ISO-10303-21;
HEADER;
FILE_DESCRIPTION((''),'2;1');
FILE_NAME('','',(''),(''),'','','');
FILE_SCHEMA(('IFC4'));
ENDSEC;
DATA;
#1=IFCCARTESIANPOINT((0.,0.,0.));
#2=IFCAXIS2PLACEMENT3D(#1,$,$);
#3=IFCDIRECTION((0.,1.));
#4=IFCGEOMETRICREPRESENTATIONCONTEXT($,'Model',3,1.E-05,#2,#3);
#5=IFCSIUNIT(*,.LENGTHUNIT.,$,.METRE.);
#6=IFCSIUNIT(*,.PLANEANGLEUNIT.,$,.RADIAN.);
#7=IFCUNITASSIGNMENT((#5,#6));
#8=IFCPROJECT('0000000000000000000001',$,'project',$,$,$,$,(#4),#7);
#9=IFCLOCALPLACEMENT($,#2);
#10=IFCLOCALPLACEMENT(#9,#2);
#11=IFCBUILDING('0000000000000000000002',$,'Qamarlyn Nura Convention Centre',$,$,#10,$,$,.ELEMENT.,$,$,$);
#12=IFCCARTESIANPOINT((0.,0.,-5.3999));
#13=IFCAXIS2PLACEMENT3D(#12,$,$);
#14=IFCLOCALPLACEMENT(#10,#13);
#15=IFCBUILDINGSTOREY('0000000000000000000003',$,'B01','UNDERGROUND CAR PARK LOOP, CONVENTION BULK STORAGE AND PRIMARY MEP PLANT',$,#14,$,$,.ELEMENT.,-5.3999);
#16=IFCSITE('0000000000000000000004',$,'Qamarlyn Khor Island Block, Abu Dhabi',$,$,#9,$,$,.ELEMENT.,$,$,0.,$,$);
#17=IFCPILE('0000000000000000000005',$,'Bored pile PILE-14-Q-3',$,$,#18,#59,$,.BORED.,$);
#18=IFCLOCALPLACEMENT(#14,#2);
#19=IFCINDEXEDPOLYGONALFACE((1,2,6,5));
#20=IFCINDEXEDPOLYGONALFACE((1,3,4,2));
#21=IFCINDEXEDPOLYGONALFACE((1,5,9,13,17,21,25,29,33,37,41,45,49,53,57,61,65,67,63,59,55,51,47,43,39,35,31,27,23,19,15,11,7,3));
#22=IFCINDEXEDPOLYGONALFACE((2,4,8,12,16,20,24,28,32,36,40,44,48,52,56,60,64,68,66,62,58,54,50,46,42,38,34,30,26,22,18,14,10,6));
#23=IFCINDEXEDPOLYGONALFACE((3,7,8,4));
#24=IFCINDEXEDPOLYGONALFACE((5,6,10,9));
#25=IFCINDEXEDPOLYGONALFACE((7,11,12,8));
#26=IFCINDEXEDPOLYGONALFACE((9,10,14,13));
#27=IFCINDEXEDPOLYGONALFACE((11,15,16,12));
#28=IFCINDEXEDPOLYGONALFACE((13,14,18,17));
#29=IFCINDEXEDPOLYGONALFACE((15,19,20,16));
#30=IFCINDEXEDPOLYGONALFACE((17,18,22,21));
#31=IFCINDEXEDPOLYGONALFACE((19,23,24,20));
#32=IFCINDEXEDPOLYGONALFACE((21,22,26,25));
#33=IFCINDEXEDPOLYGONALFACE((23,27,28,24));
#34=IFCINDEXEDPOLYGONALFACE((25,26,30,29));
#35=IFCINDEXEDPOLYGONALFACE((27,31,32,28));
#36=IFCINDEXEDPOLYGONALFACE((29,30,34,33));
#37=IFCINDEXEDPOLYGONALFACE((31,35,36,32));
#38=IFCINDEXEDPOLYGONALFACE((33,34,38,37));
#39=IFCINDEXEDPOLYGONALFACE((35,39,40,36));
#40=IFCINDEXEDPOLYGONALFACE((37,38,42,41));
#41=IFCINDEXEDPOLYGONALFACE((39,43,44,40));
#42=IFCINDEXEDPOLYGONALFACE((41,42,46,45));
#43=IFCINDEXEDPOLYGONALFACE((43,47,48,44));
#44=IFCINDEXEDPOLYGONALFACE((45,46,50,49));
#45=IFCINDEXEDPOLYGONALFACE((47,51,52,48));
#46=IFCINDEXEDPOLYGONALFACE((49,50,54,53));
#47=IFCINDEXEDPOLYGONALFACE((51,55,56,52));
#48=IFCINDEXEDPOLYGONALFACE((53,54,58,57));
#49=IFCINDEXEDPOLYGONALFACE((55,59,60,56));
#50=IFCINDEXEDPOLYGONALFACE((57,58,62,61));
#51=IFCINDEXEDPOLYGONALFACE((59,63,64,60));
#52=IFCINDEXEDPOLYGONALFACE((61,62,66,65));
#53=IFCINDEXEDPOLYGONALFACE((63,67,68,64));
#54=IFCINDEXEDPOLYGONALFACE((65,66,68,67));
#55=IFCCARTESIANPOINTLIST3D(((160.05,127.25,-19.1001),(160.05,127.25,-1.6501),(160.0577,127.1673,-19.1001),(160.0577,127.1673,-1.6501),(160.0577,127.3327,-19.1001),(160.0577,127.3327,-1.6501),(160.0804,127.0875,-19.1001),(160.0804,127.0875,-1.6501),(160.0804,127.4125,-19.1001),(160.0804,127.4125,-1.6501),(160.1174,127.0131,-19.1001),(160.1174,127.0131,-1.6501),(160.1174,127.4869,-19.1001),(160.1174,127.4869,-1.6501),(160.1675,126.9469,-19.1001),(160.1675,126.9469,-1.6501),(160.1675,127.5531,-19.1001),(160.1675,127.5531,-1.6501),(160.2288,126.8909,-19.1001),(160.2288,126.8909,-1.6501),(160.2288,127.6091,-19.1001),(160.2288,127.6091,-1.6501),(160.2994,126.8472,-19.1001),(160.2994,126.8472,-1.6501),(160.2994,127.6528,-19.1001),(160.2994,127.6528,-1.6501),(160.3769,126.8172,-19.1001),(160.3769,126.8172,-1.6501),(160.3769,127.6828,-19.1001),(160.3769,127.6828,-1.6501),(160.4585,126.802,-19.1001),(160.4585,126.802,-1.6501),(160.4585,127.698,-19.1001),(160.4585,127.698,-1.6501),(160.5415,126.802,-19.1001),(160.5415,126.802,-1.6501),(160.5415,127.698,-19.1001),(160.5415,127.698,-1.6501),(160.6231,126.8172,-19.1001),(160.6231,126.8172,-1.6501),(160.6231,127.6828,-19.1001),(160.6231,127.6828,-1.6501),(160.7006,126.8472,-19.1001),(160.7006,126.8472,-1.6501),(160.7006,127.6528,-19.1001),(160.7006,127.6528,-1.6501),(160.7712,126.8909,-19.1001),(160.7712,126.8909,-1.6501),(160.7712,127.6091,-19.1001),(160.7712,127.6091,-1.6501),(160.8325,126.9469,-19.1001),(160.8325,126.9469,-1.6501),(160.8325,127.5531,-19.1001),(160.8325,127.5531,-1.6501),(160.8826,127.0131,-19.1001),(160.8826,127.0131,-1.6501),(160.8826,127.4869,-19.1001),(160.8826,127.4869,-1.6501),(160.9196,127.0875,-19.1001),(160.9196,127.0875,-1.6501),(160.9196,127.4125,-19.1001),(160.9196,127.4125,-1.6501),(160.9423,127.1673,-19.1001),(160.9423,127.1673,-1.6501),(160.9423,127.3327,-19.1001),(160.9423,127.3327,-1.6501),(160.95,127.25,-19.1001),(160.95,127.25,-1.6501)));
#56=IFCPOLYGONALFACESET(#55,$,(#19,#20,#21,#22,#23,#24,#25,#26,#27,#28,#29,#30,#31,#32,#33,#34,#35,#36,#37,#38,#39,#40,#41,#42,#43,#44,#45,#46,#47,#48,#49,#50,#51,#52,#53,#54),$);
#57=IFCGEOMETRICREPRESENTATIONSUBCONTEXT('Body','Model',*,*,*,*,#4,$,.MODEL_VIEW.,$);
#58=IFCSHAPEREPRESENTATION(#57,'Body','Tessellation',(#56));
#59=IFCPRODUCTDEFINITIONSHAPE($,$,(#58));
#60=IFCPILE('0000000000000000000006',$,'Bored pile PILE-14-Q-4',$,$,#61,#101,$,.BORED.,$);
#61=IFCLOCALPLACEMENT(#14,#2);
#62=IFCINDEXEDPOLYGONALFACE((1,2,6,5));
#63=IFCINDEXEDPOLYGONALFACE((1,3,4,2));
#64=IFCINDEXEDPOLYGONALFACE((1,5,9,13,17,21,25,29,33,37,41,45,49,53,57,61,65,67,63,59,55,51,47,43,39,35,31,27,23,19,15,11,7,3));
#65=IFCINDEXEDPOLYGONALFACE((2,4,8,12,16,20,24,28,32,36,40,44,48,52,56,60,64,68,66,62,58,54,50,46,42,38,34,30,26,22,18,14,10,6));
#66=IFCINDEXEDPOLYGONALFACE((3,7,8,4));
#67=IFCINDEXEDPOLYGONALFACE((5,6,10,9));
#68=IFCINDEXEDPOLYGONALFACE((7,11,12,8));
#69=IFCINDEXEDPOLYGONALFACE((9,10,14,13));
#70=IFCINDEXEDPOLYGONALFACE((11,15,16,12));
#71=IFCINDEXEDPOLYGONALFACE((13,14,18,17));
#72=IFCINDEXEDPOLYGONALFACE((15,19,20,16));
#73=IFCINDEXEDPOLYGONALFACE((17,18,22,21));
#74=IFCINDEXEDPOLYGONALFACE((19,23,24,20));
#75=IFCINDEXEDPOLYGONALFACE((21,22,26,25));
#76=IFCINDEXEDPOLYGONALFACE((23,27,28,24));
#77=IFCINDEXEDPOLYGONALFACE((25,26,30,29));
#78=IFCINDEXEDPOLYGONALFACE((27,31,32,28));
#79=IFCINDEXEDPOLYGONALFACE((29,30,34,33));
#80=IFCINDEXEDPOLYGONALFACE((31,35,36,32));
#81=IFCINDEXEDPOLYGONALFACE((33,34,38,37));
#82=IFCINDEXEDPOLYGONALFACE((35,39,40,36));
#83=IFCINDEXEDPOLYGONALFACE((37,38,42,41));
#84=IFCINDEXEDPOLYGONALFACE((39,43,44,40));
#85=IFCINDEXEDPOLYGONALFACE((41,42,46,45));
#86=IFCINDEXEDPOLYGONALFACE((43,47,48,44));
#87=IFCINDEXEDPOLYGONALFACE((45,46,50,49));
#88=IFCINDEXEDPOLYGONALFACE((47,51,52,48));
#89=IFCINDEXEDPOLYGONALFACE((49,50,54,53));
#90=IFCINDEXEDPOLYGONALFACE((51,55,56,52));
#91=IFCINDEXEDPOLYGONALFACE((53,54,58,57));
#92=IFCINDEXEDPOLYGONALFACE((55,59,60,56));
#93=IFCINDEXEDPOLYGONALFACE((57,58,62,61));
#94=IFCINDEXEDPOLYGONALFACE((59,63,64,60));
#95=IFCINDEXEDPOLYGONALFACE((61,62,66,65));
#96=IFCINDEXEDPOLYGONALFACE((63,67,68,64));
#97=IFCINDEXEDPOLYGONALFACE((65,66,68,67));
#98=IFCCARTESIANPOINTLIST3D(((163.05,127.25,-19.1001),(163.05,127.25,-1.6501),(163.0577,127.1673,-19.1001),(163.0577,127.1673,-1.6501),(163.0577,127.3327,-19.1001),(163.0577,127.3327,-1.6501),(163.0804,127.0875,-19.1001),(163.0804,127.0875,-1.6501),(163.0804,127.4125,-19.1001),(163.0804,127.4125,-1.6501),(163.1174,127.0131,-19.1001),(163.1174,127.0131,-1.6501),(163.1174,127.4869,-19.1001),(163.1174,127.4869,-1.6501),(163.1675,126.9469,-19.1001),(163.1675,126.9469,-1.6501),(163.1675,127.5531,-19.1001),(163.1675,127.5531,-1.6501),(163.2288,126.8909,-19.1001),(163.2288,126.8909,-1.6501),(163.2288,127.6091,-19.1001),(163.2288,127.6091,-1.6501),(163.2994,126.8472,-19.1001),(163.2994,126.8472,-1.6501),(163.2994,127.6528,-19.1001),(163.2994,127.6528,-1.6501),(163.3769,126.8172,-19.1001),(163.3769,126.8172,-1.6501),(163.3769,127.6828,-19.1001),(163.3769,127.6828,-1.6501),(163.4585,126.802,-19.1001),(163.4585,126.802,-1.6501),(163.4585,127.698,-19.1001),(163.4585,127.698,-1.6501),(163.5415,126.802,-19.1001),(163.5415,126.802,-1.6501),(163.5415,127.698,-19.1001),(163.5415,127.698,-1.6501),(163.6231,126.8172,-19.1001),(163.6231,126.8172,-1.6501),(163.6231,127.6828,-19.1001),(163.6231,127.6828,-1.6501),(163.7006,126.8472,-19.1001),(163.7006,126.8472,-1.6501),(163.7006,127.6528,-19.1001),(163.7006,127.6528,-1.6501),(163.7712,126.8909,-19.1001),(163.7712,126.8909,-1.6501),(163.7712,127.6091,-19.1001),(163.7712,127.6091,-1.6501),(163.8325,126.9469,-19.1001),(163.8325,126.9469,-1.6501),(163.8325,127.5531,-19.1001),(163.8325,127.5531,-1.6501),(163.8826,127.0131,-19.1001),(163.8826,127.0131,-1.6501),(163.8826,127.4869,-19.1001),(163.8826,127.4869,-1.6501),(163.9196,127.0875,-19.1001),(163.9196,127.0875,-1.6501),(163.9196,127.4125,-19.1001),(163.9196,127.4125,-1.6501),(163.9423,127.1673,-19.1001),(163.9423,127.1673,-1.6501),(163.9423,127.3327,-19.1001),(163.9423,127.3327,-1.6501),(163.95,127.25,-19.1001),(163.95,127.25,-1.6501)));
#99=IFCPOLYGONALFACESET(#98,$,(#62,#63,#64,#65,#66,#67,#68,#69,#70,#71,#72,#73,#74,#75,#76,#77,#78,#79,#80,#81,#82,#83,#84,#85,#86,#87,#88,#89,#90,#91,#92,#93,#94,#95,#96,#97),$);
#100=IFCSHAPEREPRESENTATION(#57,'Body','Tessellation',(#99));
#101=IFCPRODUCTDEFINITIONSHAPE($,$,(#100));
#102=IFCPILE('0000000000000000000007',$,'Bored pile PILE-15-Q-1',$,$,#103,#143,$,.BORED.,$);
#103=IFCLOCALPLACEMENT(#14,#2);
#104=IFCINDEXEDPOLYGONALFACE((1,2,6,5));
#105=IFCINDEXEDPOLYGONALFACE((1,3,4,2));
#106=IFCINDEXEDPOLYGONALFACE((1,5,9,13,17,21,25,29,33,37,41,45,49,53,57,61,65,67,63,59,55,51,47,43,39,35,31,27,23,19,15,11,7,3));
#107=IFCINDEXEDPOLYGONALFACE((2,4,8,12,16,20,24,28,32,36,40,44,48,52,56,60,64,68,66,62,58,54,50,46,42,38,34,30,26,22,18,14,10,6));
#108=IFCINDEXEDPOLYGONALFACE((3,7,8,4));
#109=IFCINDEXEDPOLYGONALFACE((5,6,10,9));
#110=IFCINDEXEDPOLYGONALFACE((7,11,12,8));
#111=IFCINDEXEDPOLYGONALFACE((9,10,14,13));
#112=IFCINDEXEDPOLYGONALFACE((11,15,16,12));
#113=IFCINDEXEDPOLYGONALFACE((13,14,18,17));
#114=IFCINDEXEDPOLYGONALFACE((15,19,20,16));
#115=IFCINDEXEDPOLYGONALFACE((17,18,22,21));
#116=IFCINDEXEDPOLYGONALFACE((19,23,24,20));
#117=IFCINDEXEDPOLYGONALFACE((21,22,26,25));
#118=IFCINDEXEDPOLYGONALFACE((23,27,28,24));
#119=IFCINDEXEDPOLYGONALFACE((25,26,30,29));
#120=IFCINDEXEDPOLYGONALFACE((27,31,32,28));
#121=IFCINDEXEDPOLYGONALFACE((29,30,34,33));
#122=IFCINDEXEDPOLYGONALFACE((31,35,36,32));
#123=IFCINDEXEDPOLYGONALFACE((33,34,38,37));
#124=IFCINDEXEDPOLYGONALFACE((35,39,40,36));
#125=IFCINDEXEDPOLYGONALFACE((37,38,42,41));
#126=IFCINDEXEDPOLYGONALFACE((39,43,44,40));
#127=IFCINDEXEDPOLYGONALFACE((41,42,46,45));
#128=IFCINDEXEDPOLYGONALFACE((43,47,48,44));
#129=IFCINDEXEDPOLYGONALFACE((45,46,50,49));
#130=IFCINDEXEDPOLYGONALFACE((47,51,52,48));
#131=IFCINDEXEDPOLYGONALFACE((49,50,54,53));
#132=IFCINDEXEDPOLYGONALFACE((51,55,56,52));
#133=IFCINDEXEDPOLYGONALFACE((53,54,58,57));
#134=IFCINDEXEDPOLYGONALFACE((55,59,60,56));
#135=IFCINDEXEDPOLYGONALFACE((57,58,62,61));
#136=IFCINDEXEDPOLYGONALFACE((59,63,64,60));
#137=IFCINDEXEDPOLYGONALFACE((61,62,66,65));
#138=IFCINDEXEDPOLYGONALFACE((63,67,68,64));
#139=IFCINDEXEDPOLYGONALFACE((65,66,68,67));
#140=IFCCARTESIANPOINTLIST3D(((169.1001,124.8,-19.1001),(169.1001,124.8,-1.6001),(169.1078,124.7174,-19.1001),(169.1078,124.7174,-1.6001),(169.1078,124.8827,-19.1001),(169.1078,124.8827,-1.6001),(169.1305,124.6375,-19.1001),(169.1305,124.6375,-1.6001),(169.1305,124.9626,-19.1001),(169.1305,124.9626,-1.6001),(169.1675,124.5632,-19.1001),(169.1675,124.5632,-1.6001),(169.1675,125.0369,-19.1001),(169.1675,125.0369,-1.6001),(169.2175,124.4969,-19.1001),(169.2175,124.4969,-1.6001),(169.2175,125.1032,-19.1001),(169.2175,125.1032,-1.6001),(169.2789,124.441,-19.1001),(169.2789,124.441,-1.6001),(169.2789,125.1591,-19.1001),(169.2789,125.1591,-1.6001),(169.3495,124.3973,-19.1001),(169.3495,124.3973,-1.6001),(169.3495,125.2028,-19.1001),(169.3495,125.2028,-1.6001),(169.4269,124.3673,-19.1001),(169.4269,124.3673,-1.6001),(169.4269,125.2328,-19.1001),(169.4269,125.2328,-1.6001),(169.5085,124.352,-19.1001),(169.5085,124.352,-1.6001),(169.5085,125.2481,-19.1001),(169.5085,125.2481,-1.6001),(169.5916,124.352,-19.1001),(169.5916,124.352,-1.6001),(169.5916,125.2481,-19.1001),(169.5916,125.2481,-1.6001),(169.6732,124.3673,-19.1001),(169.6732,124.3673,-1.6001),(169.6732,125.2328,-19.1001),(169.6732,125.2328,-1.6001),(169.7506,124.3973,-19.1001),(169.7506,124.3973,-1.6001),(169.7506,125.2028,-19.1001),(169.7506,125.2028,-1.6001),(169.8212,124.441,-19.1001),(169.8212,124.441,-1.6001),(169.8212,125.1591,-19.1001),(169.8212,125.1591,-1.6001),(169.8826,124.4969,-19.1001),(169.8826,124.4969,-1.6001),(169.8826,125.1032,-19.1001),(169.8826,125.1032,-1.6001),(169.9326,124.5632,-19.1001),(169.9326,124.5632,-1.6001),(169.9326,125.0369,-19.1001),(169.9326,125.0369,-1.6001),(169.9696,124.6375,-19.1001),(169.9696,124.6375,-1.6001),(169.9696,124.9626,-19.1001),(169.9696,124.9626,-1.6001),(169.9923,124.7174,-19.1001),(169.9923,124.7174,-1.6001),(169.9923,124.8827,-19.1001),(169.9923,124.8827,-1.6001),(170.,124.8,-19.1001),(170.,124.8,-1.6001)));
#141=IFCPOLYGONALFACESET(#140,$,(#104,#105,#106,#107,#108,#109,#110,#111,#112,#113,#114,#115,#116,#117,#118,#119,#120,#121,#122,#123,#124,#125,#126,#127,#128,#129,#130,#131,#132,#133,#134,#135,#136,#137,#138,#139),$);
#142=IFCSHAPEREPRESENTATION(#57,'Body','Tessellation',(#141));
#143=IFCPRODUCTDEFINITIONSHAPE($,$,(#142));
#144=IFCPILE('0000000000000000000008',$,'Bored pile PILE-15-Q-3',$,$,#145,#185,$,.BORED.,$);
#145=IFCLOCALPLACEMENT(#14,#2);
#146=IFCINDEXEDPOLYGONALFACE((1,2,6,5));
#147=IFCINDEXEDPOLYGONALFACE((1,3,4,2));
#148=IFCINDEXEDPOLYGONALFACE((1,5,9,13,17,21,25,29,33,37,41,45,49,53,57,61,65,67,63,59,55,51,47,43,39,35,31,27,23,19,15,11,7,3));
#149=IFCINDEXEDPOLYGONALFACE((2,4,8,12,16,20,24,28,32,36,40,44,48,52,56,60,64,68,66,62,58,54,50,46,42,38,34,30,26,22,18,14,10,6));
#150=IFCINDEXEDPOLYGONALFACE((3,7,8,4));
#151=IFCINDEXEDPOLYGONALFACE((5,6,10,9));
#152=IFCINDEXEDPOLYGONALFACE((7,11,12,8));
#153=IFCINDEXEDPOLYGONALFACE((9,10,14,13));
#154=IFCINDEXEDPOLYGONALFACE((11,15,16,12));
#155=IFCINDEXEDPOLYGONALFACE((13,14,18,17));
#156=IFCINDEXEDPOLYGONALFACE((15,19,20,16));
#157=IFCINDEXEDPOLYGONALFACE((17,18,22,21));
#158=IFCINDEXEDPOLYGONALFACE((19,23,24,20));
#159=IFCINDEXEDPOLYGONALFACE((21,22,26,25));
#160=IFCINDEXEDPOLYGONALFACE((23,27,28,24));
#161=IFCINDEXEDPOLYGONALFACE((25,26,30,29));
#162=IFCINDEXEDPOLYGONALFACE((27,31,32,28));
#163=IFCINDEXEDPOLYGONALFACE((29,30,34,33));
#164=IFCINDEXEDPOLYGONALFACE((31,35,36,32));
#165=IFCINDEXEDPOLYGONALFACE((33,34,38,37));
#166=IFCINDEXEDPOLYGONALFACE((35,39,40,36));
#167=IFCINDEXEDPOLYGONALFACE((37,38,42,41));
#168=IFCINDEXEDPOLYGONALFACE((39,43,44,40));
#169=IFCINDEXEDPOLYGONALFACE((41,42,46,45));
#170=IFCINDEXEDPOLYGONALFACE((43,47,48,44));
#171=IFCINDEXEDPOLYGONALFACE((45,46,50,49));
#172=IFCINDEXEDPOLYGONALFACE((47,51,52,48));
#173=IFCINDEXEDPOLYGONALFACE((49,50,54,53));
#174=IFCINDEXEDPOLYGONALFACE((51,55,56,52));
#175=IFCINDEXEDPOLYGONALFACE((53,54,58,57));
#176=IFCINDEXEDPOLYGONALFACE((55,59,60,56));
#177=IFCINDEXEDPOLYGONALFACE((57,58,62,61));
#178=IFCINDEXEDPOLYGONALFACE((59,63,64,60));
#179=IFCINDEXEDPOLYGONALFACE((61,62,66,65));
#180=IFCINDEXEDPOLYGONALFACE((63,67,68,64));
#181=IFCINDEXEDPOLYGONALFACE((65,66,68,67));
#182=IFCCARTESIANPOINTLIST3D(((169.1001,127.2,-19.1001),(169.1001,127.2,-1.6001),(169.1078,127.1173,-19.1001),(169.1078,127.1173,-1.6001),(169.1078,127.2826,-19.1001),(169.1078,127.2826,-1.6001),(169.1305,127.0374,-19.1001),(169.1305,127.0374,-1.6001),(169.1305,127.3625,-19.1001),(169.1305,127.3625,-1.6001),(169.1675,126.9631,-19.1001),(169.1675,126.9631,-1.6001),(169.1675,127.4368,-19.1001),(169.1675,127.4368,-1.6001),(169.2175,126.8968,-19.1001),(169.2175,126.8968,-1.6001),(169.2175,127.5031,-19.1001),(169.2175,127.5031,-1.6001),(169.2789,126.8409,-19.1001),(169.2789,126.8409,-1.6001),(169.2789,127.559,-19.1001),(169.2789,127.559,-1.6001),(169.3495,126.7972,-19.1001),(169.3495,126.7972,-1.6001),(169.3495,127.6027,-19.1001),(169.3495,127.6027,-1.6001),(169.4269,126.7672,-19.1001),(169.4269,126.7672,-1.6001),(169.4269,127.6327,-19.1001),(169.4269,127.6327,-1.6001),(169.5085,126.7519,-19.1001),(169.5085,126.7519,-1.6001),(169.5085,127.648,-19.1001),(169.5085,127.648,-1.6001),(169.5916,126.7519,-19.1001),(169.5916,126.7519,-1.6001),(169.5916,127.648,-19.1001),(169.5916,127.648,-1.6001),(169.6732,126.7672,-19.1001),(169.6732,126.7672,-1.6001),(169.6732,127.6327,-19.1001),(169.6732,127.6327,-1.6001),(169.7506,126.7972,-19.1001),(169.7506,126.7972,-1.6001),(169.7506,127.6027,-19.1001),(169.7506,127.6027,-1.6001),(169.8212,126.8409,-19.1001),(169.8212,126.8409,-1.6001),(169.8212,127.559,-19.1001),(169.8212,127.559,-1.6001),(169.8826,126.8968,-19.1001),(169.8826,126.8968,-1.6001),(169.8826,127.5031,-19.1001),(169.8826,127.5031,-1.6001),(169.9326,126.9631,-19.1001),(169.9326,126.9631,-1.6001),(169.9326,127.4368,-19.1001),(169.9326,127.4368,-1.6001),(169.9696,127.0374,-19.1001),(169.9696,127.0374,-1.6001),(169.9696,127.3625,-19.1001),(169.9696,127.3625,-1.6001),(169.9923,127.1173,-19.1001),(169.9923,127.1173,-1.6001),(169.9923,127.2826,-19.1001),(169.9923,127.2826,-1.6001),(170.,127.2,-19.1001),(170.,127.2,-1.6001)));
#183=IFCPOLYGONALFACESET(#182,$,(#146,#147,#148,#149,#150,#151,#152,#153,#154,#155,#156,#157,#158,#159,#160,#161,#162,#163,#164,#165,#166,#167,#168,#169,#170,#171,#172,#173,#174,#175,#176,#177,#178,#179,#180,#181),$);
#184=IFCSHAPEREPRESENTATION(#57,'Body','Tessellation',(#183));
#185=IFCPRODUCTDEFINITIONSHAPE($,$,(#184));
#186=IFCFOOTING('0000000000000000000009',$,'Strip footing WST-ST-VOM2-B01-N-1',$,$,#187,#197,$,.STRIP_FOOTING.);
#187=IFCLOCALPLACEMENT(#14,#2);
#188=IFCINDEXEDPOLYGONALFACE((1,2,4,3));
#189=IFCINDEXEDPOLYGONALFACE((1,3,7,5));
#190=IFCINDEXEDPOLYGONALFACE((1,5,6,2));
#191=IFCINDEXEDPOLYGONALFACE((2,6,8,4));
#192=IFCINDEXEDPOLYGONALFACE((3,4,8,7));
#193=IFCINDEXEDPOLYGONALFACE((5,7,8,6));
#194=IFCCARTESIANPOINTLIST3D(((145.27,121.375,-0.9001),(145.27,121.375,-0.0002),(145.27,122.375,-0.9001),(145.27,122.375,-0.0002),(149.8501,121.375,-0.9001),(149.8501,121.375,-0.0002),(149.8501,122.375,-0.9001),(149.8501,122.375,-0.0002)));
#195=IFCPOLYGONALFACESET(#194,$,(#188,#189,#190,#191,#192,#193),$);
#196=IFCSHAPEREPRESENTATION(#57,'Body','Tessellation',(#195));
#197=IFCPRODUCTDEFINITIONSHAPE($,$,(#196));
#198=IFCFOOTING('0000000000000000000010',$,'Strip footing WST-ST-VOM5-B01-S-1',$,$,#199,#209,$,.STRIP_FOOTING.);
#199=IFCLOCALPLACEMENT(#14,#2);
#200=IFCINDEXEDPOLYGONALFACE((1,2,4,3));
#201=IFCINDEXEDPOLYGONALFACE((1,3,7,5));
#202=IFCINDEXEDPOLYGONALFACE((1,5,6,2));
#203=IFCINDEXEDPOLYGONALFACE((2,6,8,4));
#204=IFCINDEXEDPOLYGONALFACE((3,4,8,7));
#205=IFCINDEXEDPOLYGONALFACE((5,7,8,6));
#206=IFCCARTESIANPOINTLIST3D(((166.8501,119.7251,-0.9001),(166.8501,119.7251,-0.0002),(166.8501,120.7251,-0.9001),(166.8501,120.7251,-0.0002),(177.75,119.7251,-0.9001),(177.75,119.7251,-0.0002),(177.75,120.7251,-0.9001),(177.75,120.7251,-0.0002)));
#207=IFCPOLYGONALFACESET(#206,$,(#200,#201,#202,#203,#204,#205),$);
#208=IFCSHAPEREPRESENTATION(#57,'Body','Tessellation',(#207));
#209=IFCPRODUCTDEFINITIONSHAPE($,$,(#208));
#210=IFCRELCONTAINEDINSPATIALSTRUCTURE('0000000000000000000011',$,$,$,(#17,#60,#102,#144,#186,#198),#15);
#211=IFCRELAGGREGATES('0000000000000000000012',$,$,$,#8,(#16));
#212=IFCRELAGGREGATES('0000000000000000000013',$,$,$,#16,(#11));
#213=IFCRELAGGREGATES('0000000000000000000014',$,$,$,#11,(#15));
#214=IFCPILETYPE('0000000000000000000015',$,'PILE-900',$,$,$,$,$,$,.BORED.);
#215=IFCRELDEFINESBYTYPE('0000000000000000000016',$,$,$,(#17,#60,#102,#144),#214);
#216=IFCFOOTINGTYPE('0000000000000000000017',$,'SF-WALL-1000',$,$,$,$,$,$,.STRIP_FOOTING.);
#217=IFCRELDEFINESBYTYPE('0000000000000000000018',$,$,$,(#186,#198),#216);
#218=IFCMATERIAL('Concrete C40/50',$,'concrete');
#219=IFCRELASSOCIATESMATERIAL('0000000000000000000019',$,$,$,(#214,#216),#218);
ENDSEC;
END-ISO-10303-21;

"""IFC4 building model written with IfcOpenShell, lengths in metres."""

from ifc_helpers import new_model, si_unit, direction, frame, origin, origin_2d, place, context, subcontext, project, spatial, rectangle, circle, extrude, material, material_profile, profile_set, type_object, element, save


model = new_model("IFC4")

# Units and contexts
model_context = context("Model", 3, precision=1e-05, world=origin(), true_north=direction((0.0, 1.0)))
body_context = subcontext(model_context, "Body", "Model", "MODEL_VIEW")
ifc_project = project(units=[si_unit("LENGTHUNIT", "METRE"), si_unit("PLANEANGLEUNIT", "RADIAN")], contexts=[model_context])

# Site, building, storey
site_placement = place(None, origin())
site = spatial("IfcSite", under=ifc_project, at=site_placement, Name="Qamarlyn Khor Island Block, Abu Dhabi", CompositionType="ELEMENT", RefElevation=0.0)
building_placement = place(site_placement, origin())
building = spatial("IfcBuilding", under=site, at=building_placement, Name="Qamarlyn Nura Convention Centre", CompositionType="ELEMENT")
storey_placement = place(building_placement, frame((0.0, 0.0, -5.3999)))
storey = spatial("IfcBuildingStorey", under=building, at=storey_placement, Name="B01", Description="UNDERGROUND CAR PARK LOOP, CONVENTION BULK STORAGE AND PRIMARY MEP PLANT", CompositionType="ELEMENT", Elevation=-5.3999)

# Shared definitions
ifc_material_1 = material(Name="Concrete C40/50", Category="concrete")

# Piles
ifc_material_profile_1 = material_profile(ifc_material_1, circle(Radius=0.45, at=origin_2d()), Name="BORED PILE 900")
ifc_profile_set_1 = profile_set([ifc_material_profile_1], Name="Concrete C40/50")
pile_type = type_object("IfcPileType", Name="PILE-900", PredefinedType="BORED", material=ifc_profile_set_1)
for number, where, z_axis, x_axis, name in (
    (1, (160.5, 127.25, -1.6501), (0.0, 0.0, -1.0), (1.0, 0.0, 0.0), "Bored pile PILE-14-Q-3"),
    (2, (163.5, 127.25, -1.6501), (0.0, 0.0, -1.0), (1.0, 0.0, 0.0), "Bored pile PILE-14-Q-4"),
):
    element("IfcPile", number, at=place(storey_placement, frame(where, z_axis=z_axis, x_axis=x_axis)), inside=storey, type_object=pile_type, Name=name, PredefinedType="BORED", context=body_context, shape_type="SweptSolid", body=[
        extrude(circle(Radius=0.45, at=origin_2d()), origin(), (0.0, 0.0, 1.0), 17.45),
    ])
for number, where, z_axis, x_axis, name in (
    (3, (169.55, 124.8, -1.6001), (0.0, 0.0, -1.0), (1.0, 0.0, 0.0), "Bored pile PILE-15-Q-1"),
    (4, (169.55, 127.2, -1.6001), (0.0, 0.0, -1.0), (1.0, 0.0, 0.0), "Bored pile PILE-15-Q-3"),
):
    element("IfcPile", number, at=place(storey_placement, frame(where, z_axis=z_axis, x_axis=x_axis)), inside=storey, type_object=pile_type, Name=name, PredefinedType="BORED", context=body_context, shape_type="SweptSolid", body=[
        extrude(circle(Radius=0.45, at=origin_2d()), origin(), (0.0, 0.0, 1.0), 17.5),
    ])

# Footings
ifc_material_profile_2 = material_profile(ifc_material_1, rectangle(XDim=1.0, YDim=0.8999, at=origin_2d()), Name="RC STRIP 1000x900")
ifc_profile_set_2 = profile_set([ifc_material_profile_2], Name="Concrete C40/50")
footing_type_1 = type_object("IfcFootingType", Name="SF-WALL-1000", PredefinedType="STRIP_FOOTING", material=ifc_profile_set_2)
footing_1_placement = place(storey_placement, frame((149.8501, 121.875, -0.4502), z_axis=(-1.0, 0.0, 0.0), x_axis=(0.0, -1.0, 0.0)))
element("IfcFooting", 5, at=footing_1_placement, inside=storey, type_object=footing_type_1, Name="Strip footing WST-ST-VOM2-B01-N-1", PredefinedType="STRIP_FOOTING", context=body_context, shape_type="SweptSolid", body=[
    extrude(rectangle(XDim=1.0, YDim=0.8999, at=origin_2d()), origin(), (0.0, 0.0, 1.0), 4.5801),
])
footing_2_placement = place(storey_placement, frame((166.8501, 120.2251, -0.4502), z_axis=(1.0, 0.0, 0.0), x_axis=(0.0, 1.0, 0.0)))
element("IfcFooting", 6, at=footing_2_placement, inside=storey, type_object=footing_type_1, Name="Strip footing WST-ST-VOM5-B01-S-1", PredefinedType="STRIP_FOOTING", context=body_context, shape_type="SweptSolid", body=[
    extrude(rectangle(XDim=1.0, YDim=0.8999, at=origin_2d()), origin(), (0.0, 0.0, 1.0), 10.8999),
])

save(model, "model.ifc")
